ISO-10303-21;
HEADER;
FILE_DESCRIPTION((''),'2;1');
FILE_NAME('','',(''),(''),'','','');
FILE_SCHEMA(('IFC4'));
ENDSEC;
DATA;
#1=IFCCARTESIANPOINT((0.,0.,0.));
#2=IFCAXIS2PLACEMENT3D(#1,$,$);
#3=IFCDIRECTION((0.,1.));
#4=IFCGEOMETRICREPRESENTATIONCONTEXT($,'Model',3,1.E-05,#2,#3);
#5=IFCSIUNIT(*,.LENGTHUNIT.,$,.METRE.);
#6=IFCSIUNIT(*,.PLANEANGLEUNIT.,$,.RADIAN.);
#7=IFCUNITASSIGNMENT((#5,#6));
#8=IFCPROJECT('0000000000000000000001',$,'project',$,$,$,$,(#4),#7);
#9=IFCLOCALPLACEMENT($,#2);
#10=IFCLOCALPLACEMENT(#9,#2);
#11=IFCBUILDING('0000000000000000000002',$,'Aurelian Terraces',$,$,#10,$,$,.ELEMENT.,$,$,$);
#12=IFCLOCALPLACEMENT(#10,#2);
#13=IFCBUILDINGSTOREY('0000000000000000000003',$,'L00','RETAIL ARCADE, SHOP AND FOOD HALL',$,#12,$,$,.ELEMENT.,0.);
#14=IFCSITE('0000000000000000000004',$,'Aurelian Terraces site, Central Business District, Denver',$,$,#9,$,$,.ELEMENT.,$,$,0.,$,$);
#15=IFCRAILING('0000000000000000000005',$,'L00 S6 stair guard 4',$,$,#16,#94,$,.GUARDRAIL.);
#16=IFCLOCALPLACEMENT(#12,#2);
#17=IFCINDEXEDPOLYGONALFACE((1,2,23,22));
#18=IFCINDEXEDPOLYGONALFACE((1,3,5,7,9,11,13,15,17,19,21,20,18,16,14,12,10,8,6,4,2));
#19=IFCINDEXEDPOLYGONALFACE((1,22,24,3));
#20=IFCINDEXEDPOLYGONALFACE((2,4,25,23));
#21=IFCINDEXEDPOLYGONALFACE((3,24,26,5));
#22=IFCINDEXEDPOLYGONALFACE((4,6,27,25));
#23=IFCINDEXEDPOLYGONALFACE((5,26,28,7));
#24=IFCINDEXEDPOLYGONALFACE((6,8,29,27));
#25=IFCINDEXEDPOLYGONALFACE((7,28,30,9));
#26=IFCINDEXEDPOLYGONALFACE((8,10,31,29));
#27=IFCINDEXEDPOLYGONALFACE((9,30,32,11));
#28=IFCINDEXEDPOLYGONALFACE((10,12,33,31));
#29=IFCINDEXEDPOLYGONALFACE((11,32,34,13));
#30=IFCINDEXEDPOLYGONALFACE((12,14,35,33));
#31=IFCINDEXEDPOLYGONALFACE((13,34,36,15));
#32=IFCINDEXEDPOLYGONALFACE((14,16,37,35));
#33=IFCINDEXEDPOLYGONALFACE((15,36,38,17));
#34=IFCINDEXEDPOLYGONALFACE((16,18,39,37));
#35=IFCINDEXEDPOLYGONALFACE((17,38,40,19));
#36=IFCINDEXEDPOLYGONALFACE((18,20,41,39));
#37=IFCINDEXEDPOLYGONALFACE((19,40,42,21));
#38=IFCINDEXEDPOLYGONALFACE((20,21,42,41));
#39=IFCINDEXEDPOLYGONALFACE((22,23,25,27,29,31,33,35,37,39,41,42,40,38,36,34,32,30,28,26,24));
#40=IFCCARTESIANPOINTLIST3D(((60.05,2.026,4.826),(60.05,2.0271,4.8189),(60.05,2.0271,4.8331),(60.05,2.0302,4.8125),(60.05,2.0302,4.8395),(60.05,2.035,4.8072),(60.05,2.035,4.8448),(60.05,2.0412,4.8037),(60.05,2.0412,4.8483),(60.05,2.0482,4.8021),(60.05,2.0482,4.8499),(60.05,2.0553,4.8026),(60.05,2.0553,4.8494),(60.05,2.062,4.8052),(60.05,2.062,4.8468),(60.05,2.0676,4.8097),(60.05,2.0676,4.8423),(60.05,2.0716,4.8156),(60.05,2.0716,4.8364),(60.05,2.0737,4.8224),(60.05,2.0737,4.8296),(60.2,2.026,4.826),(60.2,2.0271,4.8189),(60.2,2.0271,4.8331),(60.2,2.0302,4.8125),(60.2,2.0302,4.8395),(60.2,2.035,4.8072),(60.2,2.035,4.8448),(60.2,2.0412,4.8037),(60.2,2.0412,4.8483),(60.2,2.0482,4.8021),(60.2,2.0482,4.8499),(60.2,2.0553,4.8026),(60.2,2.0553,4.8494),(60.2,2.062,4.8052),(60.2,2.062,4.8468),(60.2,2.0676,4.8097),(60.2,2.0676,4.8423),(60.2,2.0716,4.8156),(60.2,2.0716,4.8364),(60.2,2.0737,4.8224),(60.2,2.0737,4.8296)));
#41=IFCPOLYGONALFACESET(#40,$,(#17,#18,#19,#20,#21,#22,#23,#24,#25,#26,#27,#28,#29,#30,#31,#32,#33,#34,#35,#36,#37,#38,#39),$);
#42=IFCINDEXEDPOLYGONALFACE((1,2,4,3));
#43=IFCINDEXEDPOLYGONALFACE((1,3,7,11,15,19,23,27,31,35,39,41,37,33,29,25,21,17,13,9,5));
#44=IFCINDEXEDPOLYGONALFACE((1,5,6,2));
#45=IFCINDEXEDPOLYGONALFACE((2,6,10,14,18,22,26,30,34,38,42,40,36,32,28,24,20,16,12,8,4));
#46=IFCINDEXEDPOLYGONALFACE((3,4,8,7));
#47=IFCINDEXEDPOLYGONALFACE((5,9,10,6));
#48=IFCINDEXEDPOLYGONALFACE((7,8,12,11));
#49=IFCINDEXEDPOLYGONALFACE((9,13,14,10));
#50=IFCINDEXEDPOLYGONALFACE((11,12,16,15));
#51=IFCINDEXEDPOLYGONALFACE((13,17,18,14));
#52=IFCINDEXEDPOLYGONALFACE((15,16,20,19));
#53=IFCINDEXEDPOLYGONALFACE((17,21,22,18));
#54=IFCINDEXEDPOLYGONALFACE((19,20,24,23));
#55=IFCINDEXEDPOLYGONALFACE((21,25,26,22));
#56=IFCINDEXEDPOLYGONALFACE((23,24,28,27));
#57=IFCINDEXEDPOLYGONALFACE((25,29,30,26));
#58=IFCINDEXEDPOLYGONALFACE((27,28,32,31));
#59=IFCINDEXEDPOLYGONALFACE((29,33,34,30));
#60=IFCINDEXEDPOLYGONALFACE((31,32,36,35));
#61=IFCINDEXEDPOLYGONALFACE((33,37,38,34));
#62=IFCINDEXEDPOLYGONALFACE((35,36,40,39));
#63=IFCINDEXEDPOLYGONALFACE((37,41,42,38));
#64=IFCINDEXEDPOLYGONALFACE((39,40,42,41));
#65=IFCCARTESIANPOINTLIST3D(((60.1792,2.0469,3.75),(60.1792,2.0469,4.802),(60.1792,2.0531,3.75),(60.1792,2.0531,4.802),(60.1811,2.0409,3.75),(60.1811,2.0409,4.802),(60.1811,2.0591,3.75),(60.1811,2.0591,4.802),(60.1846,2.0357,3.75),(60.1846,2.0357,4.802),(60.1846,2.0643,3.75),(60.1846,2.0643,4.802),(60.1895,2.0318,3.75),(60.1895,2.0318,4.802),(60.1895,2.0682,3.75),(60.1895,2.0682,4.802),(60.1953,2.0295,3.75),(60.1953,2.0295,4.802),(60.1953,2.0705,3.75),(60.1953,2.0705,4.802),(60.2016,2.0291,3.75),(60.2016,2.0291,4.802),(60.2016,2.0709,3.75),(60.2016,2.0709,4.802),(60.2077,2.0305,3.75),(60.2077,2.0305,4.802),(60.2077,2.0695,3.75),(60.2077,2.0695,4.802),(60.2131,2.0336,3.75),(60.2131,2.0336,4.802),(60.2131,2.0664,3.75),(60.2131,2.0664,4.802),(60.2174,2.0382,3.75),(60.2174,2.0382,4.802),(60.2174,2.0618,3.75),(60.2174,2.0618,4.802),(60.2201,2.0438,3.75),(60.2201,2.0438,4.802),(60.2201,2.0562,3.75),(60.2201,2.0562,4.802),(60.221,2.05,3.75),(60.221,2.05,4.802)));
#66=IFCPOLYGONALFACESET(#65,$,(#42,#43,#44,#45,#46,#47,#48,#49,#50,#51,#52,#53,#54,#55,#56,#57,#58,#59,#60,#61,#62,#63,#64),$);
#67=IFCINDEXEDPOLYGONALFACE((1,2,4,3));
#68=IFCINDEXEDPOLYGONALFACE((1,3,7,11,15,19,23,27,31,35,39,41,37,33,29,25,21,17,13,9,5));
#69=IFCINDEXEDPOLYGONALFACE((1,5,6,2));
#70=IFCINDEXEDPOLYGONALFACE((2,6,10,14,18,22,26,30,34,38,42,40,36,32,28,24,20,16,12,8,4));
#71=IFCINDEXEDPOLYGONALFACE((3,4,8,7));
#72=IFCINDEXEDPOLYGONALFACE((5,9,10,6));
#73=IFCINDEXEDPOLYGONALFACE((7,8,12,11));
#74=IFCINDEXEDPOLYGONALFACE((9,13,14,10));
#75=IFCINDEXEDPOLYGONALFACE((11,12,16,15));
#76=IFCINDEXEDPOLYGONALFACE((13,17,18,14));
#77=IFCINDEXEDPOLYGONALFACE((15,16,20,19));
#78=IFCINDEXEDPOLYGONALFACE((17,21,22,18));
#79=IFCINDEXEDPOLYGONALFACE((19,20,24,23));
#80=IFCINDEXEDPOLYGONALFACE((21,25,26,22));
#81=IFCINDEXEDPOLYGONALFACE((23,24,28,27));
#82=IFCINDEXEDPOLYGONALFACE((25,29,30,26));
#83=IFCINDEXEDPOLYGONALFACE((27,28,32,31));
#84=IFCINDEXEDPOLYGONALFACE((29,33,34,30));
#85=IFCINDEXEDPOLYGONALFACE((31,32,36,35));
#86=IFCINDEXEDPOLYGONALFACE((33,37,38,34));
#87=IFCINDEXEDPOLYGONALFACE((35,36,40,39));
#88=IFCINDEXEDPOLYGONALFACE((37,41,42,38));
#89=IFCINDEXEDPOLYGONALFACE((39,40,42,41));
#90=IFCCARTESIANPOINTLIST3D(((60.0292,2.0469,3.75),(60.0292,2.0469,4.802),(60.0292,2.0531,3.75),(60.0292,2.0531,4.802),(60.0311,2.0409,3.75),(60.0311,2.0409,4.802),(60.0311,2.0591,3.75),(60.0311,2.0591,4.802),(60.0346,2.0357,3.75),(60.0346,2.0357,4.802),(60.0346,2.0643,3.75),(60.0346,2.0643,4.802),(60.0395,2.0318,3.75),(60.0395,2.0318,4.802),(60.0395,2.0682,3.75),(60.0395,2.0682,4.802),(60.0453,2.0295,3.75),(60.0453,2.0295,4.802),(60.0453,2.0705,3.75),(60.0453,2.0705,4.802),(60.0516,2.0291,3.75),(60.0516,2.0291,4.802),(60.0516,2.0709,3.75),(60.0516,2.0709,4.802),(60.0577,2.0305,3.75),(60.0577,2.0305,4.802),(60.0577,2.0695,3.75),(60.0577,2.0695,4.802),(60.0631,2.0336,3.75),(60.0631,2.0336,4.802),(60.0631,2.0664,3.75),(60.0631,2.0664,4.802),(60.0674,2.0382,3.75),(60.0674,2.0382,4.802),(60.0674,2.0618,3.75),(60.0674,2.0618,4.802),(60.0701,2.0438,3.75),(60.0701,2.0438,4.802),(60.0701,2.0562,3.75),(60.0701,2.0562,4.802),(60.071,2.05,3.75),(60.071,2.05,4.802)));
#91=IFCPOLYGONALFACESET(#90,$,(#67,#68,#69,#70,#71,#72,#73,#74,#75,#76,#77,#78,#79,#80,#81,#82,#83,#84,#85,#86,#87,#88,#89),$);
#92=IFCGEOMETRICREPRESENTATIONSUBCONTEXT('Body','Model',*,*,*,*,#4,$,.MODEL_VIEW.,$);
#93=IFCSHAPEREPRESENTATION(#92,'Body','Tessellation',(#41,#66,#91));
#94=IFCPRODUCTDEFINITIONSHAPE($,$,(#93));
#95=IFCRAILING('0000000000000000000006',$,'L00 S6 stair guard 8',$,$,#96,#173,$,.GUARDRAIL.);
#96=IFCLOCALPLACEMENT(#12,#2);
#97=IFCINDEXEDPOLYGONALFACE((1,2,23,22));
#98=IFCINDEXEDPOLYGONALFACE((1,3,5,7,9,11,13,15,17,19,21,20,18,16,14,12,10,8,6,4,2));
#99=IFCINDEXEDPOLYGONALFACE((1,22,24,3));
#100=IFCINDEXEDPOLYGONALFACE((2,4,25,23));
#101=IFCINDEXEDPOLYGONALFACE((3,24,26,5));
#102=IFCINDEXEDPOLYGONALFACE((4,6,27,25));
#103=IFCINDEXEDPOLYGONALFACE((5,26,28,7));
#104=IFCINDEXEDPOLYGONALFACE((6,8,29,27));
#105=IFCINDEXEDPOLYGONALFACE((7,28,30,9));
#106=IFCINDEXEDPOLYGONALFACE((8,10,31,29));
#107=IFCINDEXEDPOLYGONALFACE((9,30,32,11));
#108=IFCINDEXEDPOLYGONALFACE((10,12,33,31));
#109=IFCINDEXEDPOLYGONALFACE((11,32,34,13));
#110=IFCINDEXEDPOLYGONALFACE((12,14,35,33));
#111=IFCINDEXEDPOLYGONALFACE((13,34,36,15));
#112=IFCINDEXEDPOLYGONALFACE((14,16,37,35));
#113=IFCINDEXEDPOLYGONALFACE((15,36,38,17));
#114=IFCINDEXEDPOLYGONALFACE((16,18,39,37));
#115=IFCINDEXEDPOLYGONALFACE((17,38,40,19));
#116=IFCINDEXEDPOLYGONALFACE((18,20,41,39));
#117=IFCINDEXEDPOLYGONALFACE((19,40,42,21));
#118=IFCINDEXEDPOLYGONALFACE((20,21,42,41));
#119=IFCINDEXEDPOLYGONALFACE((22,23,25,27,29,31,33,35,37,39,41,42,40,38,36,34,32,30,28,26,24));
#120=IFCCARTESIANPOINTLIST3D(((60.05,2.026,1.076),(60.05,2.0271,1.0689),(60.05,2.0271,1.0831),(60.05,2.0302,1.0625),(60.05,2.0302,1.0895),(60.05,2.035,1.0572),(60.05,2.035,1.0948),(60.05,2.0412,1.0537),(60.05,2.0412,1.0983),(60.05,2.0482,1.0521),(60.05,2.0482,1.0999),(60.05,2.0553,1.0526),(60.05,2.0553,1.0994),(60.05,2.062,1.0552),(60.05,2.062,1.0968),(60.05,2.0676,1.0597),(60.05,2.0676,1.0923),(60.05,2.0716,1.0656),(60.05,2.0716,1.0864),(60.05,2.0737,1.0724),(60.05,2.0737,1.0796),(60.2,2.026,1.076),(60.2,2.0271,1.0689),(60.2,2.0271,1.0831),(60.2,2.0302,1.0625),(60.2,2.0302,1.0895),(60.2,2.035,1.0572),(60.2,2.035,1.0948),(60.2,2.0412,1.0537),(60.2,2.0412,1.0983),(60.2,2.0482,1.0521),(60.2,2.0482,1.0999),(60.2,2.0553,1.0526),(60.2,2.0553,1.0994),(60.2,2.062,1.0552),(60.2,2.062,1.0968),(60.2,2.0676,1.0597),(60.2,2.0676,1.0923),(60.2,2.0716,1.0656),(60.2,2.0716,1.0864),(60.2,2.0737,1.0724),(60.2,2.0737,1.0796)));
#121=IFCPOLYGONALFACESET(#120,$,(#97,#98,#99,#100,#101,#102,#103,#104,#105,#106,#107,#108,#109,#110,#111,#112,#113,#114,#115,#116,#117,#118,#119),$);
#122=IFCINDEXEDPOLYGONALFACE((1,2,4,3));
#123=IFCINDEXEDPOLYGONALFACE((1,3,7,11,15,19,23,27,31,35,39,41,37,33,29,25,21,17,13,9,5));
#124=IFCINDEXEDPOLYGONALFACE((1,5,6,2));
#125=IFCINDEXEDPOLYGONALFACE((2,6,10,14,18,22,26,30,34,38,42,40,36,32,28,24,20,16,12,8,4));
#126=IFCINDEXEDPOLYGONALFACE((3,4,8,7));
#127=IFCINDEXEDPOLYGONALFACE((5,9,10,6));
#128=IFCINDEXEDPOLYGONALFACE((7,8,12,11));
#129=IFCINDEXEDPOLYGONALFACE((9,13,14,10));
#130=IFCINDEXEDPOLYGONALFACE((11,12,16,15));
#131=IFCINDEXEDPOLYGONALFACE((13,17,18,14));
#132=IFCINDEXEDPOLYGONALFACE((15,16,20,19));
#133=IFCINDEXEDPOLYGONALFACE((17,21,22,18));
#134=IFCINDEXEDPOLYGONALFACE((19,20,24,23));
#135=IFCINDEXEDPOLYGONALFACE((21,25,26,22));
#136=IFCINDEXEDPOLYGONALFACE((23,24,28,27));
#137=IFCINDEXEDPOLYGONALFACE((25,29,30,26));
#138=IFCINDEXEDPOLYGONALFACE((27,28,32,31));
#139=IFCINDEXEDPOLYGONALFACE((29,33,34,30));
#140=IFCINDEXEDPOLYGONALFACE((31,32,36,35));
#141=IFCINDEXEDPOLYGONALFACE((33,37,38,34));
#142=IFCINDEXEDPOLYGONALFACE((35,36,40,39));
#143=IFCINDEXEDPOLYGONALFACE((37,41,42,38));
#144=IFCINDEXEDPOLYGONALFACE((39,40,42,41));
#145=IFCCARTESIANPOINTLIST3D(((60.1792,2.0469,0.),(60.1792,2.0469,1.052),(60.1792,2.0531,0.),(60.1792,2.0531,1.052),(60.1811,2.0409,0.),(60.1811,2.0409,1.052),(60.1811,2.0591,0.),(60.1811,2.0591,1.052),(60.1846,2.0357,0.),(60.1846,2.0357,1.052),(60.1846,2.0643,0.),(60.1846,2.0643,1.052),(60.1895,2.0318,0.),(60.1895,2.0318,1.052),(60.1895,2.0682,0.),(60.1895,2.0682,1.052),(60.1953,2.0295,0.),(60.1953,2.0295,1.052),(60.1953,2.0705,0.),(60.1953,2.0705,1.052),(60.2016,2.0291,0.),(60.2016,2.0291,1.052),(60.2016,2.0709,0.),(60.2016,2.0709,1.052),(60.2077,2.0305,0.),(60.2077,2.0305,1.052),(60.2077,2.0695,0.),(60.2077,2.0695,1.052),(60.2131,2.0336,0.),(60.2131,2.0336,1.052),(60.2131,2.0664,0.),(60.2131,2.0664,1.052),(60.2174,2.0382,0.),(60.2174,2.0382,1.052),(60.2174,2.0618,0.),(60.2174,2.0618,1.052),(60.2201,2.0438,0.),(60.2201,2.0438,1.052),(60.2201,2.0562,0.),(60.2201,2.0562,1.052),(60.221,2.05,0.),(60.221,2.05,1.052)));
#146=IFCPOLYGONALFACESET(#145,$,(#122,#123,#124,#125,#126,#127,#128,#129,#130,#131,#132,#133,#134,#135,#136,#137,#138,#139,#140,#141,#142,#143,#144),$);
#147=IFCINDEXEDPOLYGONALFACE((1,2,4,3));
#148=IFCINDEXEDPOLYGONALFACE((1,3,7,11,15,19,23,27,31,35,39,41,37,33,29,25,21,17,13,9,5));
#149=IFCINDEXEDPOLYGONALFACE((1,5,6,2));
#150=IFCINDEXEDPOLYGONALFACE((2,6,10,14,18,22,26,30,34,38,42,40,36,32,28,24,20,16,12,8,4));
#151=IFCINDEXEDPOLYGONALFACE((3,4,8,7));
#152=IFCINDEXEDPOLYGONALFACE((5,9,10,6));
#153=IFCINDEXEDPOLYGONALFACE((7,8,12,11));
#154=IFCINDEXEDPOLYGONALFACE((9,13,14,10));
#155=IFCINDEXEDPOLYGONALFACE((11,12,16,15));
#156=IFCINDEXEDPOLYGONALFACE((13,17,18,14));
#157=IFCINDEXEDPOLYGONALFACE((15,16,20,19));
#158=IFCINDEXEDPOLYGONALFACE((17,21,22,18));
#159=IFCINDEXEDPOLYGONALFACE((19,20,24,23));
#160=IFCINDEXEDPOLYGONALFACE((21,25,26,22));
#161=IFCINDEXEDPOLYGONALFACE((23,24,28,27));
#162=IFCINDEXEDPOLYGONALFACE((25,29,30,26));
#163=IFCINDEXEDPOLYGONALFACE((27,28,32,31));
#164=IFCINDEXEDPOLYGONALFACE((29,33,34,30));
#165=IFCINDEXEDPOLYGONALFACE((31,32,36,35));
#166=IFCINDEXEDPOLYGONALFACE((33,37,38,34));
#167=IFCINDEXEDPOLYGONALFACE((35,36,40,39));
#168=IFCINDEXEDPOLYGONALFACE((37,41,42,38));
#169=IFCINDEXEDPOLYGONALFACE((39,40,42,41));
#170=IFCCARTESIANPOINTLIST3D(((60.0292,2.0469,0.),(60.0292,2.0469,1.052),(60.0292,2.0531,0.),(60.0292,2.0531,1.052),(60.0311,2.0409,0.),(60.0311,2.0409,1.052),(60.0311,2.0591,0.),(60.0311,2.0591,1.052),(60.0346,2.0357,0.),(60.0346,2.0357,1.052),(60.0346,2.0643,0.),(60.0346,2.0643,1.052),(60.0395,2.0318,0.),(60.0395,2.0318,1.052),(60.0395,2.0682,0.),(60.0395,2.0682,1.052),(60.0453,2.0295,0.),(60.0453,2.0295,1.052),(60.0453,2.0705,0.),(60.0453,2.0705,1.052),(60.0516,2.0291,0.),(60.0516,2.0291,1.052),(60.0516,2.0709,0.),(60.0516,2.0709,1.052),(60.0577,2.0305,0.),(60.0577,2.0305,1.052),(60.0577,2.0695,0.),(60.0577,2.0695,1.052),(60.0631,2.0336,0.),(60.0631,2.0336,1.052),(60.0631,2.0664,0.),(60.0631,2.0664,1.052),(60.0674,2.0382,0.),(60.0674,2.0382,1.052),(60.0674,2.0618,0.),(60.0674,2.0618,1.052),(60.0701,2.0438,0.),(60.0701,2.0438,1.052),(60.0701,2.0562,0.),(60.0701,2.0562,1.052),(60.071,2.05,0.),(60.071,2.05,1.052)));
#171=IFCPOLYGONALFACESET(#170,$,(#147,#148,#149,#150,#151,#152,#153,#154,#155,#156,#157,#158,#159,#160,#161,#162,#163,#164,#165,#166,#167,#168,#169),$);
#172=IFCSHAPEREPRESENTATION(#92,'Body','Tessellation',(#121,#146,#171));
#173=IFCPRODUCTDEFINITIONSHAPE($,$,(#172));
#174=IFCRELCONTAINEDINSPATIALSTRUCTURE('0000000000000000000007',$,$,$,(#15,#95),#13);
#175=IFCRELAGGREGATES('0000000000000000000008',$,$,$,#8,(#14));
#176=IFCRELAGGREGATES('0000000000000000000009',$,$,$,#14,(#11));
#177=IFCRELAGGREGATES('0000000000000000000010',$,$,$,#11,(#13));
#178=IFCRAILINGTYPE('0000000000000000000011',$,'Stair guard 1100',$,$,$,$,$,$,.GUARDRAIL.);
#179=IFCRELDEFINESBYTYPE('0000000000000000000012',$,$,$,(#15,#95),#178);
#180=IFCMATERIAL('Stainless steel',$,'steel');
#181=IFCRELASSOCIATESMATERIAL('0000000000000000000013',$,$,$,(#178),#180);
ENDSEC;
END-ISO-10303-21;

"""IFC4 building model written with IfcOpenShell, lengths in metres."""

from ifc_helpers import new_model, si_unit, direction, frame, origin, origin_2d, place, context, subcontext, project, spatial, circle, extrude, source, transform, mapped, material, type_object, element, save


model = new_model("IFC4")

# Units and contexts
model_context = context("Model", 3, precision=1e-05, world=origin(), true_north=direction((0.0, 1.0)))
body_context = subcontext(model_context, "Body", "Model", "MODEL_VIEW")
ifc_project = project(units=[si_unit("LENGTHUNIT", "METRE"), si_unit("PLANEANGLEUNIT", "RADIAN")], contexts=[model_context])

# Site, building, storey
site_placement = place(None, origin())
site = spatial("IfcSite", under=ifc_project, at=site_placement, Name="Aurelian Terraces site, Central Business District, Denver", CompositionType="ELEMENT", RefElevation=0.0)
building_placement = place(site_placement, origin())
building = spatial("IfcBuilding", under=site, at=building_placement, Name="Aurelian Terraces", CompositionType="ELEMENT")
storey_placement = place(building_placement, origin())
storey = spatial("IfcBuildingStorey", under=building, at=storey_placement, Name="L00", Description="RETAIL ARCADE, SHOP AND FOOD HALL", CompositionType="ELEMENT", Elevation=0.0)

# Railings
ifc_material_1 = material(Name="Stainless steel", Category="steel")
railing_type = type_object("IfcRailingType", Name="Stair guard 1100", PredefinedType="GUARDRAIL", material=ifc_material_1)
shared_shape_1 = source(origin(), body_context, "Body", "SweptSolid", [
    extrude(circle(Radius=0.024, at=origin_2d()), frame((0.0, 0.0, 1.076), z_axis=(-1.0, 0.0, 0.0), x_axis=(0.0, -1.0, 0.0)), (0.0, 0.0, 1.0), 0.15),
    extrude(circle(Radius=0.021, at=origin_2d()), origin(), (0.0, 0.0, 1.0), 1.052),
    extrude(circle(Radius=0.021, at=origin_2d()), frame((-0.15, 0.0, 0.0)), (0.0, 0.0, 1.0), 1.052),
])
for number, where, name in (
    (1, (60.2, 2.05, 3.75), "L00 S6 stair guard 4"),
    (2, (60.2, 2.05, 0.0), "L00 S6 stair guard 8"),
):
    element("IfcRailing", number, at=place(storey_placement, frame(where)), inside=storey, type_object=railing_type, Name=name, PredefinedType="GUARDRAIL", context=body_context, shape_type="MappedRepresentation", body=[
        mapped(shared_shape_1, transform((0.0, 0.0, 0.0), scale=1.0)),
    ])

save(model, "model.ifc")
